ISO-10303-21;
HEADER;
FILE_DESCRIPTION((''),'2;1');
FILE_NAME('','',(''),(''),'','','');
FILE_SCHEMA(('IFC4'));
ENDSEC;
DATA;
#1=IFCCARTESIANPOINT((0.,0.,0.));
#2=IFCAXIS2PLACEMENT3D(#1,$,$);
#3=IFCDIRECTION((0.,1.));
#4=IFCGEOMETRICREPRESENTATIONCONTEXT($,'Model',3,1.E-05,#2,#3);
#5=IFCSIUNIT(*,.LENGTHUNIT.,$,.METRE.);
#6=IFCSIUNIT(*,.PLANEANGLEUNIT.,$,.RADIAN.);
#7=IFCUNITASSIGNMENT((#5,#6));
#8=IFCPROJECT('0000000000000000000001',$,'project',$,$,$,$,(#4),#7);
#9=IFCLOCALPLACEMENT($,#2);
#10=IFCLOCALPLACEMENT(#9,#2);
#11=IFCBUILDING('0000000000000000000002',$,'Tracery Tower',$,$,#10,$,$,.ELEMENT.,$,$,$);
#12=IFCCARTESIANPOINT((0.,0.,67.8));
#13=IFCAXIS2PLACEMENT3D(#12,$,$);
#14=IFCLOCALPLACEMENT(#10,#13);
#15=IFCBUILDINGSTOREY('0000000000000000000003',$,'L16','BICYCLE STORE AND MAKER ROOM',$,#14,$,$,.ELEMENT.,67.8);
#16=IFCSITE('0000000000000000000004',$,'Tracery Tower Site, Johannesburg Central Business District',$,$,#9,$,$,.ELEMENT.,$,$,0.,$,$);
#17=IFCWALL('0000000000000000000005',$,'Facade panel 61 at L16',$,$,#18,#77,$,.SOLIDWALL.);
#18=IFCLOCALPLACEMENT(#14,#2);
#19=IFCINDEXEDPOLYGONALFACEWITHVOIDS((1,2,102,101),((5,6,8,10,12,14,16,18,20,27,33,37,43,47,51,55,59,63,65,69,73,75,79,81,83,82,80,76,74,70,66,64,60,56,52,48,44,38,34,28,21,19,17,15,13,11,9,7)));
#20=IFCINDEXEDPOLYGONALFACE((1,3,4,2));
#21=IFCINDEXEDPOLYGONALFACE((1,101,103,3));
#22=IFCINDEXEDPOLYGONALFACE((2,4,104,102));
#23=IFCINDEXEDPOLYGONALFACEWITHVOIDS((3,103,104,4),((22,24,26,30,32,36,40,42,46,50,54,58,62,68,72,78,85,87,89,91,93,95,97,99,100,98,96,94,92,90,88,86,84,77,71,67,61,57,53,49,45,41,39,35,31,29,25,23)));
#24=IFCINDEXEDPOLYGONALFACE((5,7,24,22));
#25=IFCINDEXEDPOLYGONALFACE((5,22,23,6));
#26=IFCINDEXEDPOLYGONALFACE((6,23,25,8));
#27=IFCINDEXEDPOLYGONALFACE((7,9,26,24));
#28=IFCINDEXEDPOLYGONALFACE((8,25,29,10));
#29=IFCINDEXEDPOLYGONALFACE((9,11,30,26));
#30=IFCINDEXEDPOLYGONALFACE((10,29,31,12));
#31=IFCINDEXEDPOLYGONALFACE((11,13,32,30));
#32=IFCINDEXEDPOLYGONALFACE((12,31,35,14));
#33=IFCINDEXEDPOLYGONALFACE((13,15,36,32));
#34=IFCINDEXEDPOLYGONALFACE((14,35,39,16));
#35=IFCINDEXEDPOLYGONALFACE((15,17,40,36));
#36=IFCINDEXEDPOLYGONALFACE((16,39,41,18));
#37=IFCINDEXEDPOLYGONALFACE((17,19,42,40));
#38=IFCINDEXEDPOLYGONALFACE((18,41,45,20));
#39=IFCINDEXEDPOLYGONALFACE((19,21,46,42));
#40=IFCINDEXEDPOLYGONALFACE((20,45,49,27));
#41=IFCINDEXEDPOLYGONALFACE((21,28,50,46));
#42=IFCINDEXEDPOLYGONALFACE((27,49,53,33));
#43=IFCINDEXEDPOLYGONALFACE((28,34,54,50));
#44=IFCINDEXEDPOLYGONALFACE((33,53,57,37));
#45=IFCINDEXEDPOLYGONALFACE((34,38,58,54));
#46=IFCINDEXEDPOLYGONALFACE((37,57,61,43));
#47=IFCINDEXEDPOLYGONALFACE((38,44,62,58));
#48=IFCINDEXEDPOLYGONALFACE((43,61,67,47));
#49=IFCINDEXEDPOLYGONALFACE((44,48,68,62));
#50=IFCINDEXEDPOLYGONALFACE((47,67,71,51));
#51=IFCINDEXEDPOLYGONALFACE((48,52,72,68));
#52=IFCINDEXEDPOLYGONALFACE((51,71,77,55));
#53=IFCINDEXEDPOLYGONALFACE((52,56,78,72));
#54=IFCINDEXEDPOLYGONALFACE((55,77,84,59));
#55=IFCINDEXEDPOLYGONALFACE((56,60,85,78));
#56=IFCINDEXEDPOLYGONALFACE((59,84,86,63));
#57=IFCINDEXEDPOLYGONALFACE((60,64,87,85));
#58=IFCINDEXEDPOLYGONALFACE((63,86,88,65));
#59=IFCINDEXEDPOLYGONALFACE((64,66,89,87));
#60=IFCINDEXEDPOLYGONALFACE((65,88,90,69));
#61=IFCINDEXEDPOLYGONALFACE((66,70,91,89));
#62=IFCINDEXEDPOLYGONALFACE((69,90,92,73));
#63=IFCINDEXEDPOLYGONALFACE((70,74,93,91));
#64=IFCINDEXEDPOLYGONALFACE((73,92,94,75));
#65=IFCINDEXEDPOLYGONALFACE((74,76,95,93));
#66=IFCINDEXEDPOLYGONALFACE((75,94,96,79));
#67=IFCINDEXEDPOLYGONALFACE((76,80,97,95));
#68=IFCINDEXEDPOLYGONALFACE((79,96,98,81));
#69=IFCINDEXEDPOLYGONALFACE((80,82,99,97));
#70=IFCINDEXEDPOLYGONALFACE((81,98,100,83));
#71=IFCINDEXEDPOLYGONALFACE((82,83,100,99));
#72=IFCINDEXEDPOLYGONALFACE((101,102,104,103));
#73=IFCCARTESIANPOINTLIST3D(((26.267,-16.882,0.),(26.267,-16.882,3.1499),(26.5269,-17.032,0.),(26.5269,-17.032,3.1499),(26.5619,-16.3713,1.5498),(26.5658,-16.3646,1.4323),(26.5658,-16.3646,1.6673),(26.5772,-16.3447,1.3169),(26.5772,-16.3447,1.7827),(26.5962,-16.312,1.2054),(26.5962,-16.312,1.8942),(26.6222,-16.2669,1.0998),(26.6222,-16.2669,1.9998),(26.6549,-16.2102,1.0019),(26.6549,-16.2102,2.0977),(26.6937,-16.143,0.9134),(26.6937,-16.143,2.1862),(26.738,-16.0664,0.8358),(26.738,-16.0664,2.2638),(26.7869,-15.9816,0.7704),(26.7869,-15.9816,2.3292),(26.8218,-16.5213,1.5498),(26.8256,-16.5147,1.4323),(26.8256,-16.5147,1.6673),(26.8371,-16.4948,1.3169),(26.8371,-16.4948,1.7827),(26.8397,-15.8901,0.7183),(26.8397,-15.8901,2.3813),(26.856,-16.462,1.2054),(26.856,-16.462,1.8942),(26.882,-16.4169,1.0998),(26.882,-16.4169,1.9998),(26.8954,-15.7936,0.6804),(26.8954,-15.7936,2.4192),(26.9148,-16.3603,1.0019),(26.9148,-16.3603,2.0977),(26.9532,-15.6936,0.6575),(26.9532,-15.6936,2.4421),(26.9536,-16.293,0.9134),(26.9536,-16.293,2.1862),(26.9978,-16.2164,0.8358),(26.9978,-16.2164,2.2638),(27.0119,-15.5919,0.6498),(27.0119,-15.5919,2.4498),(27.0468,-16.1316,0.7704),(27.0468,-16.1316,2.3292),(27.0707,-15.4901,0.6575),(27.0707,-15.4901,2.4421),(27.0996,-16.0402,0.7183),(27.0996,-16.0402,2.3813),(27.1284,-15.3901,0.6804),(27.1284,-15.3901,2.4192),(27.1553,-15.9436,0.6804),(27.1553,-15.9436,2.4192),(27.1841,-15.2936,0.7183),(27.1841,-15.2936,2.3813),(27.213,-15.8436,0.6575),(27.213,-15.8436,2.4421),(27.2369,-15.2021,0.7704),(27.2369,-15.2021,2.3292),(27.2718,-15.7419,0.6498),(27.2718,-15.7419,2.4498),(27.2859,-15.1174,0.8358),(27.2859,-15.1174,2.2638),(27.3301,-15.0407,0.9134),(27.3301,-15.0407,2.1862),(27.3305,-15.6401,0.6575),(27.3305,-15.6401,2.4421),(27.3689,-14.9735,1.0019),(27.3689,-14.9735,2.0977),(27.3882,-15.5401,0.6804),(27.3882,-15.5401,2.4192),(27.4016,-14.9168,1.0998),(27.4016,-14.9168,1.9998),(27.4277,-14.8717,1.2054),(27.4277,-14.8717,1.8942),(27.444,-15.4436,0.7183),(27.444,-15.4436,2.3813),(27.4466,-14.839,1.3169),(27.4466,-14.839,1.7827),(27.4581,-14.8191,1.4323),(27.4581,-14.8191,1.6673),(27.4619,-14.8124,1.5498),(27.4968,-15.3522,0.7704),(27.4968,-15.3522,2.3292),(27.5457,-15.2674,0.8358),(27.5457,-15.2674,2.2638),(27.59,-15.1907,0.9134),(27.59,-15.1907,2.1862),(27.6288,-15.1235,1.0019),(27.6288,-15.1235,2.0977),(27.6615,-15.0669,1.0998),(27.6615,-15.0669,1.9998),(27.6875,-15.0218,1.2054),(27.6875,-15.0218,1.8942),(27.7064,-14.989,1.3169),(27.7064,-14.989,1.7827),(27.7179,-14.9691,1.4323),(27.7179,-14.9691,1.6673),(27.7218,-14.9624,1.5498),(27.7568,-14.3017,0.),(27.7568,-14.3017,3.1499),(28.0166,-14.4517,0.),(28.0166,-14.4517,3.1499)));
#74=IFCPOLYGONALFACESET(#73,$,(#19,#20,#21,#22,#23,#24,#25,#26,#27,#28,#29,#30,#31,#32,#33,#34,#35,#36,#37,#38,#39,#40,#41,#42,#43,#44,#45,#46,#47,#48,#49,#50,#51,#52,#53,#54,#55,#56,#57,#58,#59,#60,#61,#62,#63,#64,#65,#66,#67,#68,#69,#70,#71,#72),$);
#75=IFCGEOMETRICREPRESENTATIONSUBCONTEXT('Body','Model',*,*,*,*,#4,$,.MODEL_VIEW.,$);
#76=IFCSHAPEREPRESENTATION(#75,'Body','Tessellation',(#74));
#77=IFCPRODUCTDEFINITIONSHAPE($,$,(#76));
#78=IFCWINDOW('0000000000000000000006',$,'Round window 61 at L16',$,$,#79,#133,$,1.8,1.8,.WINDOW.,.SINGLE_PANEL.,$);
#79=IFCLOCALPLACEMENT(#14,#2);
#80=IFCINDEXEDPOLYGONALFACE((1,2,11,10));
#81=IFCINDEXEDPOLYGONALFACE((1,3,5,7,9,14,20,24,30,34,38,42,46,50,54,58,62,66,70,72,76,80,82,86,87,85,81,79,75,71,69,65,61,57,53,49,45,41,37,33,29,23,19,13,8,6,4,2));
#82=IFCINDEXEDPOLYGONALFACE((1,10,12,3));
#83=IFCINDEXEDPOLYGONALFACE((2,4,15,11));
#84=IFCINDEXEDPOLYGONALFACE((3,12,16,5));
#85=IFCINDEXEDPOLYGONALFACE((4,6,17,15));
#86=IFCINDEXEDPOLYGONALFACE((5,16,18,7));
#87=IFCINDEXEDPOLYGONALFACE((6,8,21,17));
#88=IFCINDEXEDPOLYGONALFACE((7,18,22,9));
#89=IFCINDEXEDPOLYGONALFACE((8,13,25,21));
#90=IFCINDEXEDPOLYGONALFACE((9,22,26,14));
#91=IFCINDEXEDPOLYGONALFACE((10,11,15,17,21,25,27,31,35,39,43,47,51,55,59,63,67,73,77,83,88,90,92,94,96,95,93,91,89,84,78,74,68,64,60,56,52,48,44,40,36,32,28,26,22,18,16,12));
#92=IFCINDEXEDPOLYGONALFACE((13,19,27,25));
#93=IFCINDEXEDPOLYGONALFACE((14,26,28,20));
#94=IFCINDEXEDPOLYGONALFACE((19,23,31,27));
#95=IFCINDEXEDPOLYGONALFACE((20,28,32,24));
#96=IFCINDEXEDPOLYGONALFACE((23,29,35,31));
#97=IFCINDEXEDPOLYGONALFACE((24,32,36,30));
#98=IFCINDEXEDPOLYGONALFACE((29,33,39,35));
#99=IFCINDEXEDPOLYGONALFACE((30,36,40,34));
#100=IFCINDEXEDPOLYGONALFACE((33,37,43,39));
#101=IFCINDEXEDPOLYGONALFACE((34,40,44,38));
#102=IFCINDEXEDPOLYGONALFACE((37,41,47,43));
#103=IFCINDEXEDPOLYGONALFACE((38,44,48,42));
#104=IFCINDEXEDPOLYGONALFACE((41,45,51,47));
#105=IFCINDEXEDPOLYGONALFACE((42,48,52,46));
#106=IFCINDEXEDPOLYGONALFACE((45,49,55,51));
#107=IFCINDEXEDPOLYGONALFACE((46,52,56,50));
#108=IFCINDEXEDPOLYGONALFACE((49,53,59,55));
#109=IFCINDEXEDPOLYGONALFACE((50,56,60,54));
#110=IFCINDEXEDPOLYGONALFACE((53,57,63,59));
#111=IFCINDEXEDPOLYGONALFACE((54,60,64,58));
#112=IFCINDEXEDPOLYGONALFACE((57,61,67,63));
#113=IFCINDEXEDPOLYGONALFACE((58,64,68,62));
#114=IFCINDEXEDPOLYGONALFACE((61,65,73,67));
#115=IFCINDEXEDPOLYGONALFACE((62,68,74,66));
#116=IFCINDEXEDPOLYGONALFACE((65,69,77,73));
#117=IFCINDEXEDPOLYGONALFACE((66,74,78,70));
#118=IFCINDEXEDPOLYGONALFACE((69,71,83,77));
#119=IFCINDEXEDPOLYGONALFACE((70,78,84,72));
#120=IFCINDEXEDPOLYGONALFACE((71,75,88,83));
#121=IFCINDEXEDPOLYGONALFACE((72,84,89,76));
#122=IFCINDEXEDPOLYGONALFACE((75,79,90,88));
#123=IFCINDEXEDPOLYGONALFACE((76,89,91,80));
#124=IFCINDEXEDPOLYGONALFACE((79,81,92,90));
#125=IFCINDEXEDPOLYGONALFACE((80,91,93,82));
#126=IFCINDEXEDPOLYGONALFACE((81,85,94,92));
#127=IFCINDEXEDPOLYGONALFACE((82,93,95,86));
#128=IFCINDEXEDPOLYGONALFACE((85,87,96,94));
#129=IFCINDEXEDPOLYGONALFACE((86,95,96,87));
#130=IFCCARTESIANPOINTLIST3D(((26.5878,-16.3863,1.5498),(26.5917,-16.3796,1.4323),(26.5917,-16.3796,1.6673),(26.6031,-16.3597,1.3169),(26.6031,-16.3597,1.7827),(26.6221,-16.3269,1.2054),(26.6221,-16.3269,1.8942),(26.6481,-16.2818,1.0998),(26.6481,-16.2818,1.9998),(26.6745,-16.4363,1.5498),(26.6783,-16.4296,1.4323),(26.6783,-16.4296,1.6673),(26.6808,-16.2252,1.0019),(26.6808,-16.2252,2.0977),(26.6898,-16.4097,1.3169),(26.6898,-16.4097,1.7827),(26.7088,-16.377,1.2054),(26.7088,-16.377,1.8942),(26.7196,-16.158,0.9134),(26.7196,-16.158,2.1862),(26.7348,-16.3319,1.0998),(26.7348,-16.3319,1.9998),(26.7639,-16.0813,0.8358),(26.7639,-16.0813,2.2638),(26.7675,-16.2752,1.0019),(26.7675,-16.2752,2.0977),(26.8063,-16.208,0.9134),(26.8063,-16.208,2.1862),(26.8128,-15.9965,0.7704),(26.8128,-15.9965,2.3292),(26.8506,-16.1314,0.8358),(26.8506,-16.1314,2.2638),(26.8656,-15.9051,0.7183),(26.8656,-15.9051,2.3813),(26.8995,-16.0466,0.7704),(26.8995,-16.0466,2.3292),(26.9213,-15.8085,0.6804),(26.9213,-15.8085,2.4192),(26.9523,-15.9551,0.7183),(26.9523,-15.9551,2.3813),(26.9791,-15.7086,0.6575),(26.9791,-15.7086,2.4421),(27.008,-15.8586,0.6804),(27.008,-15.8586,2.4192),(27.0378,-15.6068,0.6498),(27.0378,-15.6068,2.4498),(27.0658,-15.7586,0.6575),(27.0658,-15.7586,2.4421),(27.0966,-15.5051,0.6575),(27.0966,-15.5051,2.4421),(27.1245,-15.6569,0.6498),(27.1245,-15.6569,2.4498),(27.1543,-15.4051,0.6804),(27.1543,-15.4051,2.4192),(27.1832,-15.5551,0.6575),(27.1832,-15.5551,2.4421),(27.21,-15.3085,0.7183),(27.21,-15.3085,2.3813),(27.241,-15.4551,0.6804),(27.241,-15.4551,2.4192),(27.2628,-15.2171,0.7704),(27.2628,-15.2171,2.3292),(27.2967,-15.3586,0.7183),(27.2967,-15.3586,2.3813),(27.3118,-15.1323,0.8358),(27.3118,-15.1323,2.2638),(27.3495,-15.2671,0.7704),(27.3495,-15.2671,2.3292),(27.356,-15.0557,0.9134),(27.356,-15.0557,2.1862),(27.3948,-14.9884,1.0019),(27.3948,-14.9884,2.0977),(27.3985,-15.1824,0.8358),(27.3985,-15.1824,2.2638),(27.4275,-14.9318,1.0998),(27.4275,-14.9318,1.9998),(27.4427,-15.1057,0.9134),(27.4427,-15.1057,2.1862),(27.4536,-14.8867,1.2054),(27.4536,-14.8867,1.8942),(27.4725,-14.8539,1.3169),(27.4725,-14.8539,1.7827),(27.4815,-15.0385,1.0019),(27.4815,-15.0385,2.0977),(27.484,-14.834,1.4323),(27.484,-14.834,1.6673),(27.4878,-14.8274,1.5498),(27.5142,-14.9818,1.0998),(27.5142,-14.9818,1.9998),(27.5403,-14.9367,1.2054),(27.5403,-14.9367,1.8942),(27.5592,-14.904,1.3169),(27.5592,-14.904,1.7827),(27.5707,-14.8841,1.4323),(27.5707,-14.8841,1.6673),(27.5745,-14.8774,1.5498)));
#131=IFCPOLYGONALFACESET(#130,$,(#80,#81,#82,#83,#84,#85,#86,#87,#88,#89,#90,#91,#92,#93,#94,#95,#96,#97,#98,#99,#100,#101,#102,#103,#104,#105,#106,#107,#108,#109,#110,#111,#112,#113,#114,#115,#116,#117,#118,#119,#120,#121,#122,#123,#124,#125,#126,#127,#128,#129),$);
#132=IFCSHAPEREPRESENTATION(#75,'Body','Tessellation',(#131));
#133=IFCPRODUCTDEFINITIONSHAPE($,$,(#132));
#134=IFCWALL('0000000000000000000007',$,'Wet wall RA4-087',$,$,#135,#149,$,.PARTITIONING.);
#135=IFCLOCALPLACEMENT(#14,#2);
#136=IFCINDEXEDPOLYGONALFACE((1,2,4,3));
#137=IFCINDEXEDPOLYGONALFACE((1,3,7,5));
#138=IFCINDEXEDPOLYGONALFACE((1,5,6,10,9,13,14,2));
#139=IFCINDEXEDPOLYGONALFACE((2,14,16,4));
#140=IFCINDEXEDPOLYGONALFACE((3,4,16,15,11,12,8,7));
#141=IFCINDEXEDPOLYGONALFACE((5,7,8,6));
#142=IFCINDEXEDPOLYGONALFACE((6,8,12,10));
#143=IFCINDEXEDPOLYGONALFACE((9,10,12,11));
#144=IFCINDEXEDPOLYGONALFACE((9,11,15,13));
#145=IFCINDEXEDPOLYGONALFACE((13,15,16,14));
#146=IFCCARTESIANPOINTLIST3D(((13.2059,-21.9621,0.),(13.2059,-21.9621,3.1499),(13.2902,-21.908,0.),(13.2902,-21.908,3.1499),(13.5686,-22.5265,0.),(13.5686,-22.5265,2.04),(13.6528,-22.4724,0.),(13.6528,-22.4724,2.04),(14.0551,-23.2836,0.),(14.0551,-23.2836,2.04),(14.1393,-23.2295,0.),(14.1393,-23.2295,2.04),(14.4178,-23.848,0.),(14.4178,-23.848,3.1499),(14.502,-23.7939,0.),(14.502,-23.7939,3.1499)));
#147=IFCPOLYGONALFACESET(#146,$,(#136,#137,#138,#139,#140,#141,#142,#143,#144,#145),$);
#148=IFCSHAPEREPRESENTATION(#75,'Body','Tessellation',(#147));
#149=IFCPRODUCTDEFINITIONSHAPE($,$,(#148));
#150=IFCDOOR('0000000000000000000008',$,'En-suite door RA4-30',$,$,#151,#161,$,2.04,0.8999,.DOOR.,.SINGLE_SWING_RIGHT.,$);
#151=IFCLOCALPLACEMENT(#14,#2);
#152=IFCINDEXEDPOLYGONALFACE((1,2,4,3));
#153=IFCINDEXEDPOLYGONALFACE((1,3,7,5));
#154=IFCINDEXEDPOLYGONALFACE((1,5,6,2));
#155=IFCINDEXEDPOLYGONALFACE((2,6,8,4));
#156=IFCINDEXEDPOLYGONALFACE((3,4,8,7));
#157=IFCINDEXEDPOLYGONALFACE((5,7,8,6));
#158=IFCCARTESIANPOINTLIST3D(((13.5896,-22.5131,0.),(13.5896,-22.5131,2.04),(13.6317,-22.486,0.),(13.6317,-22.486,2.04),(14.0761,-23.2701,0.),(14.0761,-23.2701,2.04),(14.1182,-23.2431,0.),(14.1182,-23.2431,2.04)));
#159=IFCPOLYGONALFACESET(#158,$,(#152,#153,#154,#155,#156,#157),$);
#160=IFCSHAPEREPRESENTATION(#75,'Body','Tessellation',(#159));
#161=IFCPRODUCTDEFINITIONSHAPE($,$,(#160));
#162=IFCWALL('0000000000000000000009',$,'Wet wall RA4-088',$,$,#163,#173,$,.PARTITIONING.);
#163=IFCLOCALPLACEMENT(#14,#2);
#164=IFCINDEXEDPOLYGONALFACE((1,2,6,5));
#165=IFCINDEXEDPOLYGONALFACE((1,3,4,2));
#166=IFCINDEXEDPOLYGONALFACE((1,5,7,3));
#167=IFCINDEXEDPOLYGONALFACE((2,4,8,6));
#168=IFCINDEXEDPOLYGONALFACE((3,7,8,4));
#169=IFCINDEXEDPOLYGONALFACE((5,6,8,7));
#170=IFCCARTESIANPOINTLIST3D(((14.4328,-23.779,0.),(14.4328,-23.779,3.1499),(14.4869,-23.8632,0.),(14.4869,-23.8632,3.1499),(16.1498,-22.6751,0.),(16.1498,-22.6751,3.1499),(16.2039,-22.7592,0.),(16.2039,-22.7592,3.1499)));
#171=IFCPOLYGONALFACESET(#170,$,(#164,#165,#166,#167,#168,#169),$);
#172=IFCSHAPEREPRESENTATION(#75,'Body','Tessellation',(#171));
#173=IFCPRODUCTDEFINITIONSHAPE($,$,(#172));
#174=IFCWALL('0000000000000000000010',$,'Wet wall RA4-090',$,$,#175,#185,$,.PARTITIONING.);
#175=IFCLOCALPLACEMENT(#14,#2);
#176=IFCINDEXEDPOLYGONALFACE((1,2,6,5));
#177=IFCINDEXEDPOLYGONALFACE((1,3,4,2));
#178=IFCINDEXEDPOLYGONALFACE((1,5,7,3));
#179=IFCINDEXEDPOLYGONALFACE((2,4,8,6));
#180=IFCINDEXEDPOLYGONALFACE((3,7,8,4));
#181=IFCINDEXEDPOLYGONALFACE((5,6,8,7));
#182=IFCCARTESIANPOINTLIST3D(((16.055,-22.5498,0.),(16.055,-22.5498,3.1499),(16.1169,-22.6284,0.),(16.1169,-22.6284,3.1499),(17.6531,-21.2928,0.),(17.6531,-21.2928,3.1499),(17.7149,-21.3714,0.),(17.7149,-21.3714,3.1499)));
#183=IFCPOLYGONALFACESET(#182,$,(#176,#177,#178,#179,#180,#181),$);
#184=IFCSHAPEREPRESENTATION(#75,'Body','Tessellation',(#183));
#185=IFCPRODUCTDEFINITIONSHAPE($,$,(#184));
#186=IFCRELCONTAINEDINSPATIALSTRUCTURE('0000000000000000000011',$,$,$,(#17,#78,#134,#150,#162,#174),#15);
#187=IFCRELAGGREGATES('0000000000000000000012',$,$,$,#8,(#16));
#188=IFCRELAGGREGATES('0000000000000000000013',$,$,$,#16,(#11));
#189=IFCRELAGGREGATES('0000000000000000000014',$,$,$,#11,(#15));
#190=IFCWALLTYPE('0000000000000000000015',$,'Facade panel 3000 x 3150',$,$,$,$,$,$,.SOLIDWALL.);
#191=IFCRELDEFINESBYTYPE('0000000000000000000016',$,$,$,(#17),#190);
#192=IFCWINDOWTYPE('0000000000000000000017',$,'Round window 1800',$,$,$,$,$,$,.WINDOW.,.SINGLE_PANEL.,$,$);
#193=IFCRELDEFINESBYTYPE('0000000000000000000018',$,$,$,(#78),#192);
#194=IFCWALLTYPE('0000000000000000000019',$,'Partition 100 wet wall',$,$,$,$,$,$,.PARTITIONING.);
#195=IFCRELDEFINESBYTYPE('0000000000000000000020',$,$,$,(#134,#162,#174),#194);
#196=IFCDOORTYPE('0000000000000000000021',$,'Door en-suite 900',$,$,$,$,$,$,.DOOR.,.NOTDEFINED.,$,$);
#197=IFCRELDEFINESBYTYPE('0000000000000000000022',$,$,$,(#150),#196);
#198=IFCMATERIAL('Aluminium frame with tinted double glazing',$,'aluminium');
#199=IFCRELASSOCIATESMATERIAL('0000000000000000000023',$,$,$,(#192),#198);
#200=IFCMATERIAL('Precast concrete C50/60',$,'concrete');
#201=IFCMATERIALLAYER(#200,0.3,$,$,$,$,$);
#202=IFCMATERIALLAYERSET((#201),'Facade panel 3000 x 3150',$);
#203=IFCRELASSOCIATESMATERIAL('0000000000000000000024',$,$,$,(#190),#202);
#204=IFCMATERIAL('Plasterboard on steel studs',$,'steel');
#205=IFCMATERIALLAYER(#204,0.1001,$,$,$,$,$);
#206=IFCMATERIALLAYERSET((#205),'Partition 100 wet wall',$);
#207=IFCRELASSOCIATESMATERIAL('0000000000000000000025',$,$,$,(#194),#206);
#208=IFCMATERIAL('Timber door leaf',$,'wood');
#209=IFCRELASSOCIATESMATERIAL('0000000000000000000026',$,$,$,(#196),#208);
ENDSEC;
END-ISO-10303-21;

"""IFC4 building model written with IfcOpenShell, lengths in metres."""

from ifc_helpers import new_model, si_unit, direction, frame, frame_2d, origin, origin_2d, place, context, subcontext, project, spatial, rectangle, circle, extrude, material, layer, layer_set, type_object, element, fill, save


model = new_model("IFC4")

# Units and contexts
model_context = context("Model", 3, precision=1e-05, world=origin(), true_north=direction((0.0, 1.0)))
body_context = subcontext(model_context, "Body", "Model", "MODEL_VIEW")
ifc_project = project(units=[si_unit("LENGTHUNIT", "METRE"), si_unit("PLANEANGLEUNIT", "RADIAN")], contexts=[model_context])

# Site, building, storey
site_placement = place(None, origin())
site = spatial("IfcSite", under=ifc_project, at=site_placement, Name="Tracery Tower Site, Johannesburg Central Business District", CompositionType="ELEMENT", RefElevation=0.0)
building_placement = place(site_placement, origin())
building = spatial("IfcBuilding", under=site, at=building_placement, Name="Tracery Tower", CompositionType="ELEMENT")
storey_placement = place(building_placement, frame((0.0, 0.0, 67.8)))
storey = spatial("IfcBuildingStorey", under=building, at=storey_placement, Name="L16", Description="BICYCLE STORE AND MAKER ROOM", CompositionType="ELEMENT", Elevation=67.8)

# Wall, opening, window
ifc_material_1 = material(Name="Aluminium frame with tinted double glazing", Category="aluminium")
window_type = type_object("IfcWindowType", Name="Round window 1800", PartitioningType="SINGLE_PANEL", PredefinedType="WINDOW", material=ifc_material_1)
ifc_material_2 = material(Name="Precast concrete C50/60", Category="concrete")
ifc_layer_1 = layer(ifc_material_2, 0.3)
ifc_layer_set_1 = layer_set([ifc_layer_1], Name="Facade panel 3000 x 3150")
wall_type_1 = type_object("IfcWallType", Name="Facade panel 3000 x 3150", PredefinedType="SOLIDWALL", material=ifc_layer_set_1)
wall_1_placement = place(storey_placement, frame((26.397, -16.957, 0.0), z_axis=(0.0, 0.0, 1.0), x_axis=(0.499999, 0.866026, 0.0)))
wall_1 = element("IfcWall", 1, at=wall_1_placement, inside=storey, type_object=wall_type_1, Name="Facade panel 61 at L16", PredefinedType="SOLIDWALL", context=body_context, shape_type="SweptSolid", body=[
    extrude(rectangle(XDim=2.9795, YDim=0.3, at=frame_2d((1.4897, 0.0))), origin(), (0.0, 0.0, 1.0), 3.1499),
])
opening_1_placement = place(wall_1_placement, frame((1.4897, 0.0, 1.5498)))
opening_1 = element("IfcOpeningElement", 2, at=opening_1_placement, cuts=wall_1, PredefinedType="OPENING", context=body_context, shape_type="SweptSolid", body=[
    extrude(circle(Radius=0.9, at=origin_2d()), frame((0.0, 0.1599, 0.0), z_axis=(0.0, -1.0, 0.0), x_axis=(1.0, 0.0, 0.0)), (0.0, 0.0, 1.0), 0.3201),
])
window_1_placement = place(opening_1_placement, origin())
window_1 = element("IfcWindow", 3, at=window_1_placement, inside=storey, type_object=window_type, Name="Round window 61 at L16", OverallHeight=1.8, OverallWidth=1.8, PartitioningType="SINGLE_PANEL", PredefinedType="WINDOW", context=body_context, shape_type="SweptSolid", body=[
    extrude(circle(Radius=0.9, at=origin_2d()), frame((0.0, 0.1201, 0.0), z_axis=(0.0, -1.0, 0.0), x_axis=(1.0, 0.0, 0.0)), (0.0, 0.0, 1.0), 0.1001),
])
fill(opening_1, window_1)

# Wall, opening, door
ifc_material_3 = material(Name="Plasterboard on steel studs", Category="steel")
ifc_layer_2 = layer(ifc_material_3, 0.1001)
ifc_layer_set_2 = layer_set([ifc_layer_2], Name="Partition 100 wet wall")
wall_type_2 = type_object("IfcWallType", Name="Partition 100 wet wall", PredefinedType="PARTITIONING", material=ifc_layer_set_2)
wall_2_placement = place(storey_placement, frame((13.248, -21.9351, 0.0), z_axis=(0.0, 0.0, 1.0), x_axis=(0.540598, -0.841281, 0.0)))
wall_2 = element("IfcWall", 4, at=wall_2_placement, inside=storey, type_object=wall_type_2, Name="Wet wall RA4-087", PredefinedType="PARTITIONING", context=body_context, shape_type="SweptSolid", body=[
    extrude(rectangle(XDim=2.2417, YDim=0.1001, at=frame_2d((1.1208, 0.0))), origin(), (0.0, 0.0, 1.0), 3.1499),
])
opening_2_placement = place(wall_2_placement, frame((0.6709, 0.0, 0.0)))
opening_2 = element("IfcOpeningElement", 5, at=opening_2_placement, cuts=wall_2, PredefinedType="OPENING", context=body_context, shape_type="SweptSolid", body=[
    extrude(rectangle(XDim=0.8999, YDim=2.04, at=frame_2d((0.45, 1.02))), frame((0.0, 0.05, 0.0), z_axis=(0.0, -1.0, 0.0), x_axis=(1.0, 0.0, 0.0)), (0.0, 0.0, 1.0), 0.1001),
])
ifc_material_4 = material(Name="Timber door leaf", Category="wood")
door_type_1 = type_object("IfcDoorType", Name="Door en-suite 900", OperationType="NOTDEFINED", PredefinedType="DOOR", material=ifc_material_4)
door_1_placement = place(opening_2_placement, origin())
door_1 = element("IfcDoor", 6, at=door_1_placement, inside=storey, type_object=door_type_1, Name="En-suite door RA4-30", OperationType="SINGLE_SWING_RIGHT", OverallHeight=2.04, OverallWidth=0.8999, PredefinedType="DOOR", context=body_context, shape_type="SweptSolid", body=[
    extrude(rectangle(XDim=0.8999, YDim=2.04, at=frame_2d((0.45, 1.02))), frame((0.0, 0.0249, 0.0), z_axis=(0.0, -1.0, 0.0), x_axis=(1.0, 0.0, 0.0)), (0.0, 0.0, 1.0), 0.05),
])
fill(opening_2, door_1)

# Walls
wall_3_placement = place(storey_placement, frame((14.46, -23.821, 0.0), z_axis=(0.0, 0.0, 1.0), x_axis=(0.841136, 0.540824, 0.0)))
element("IfcWall", 7, at=wall_3_placement, inside=storey, type_object=wall_type_2, Name="Wet wall RA4-088", PredefinedType="PARTITIONING", context=body_context, shape_type="SweptSolid", body=[
    extrude(rectangle(XDim=2.0413, YDim=0.1001, at=frame_2d((1.0205, 0.0))), origin(), (0.0, 0.0, 1.0), 3.1499),
])
wall_4_placement = place(storey_placement, frame((16.0859, -22.5891, 0.0), z_axis=(0.0, 0.0, 1.0), x_axis=(0.785985, 0.618246, 0.0)))
element("IfcWall", 8, at=wall_4_placement, inside=storey, type_object=wall_type_2, Name="Wet wall RA4-090", PredefinedType="PARTITIONING", context=body_context, shape_type="SweptSolid", body=[
    extrude(rectangle(XDim=2.0332, YDim=0.1001, at=frame_2d((1.0166, 0.0))), origin(), (0.0, 0.0, 1.0), 3.1499),
])

save(model, "model.ifc")
